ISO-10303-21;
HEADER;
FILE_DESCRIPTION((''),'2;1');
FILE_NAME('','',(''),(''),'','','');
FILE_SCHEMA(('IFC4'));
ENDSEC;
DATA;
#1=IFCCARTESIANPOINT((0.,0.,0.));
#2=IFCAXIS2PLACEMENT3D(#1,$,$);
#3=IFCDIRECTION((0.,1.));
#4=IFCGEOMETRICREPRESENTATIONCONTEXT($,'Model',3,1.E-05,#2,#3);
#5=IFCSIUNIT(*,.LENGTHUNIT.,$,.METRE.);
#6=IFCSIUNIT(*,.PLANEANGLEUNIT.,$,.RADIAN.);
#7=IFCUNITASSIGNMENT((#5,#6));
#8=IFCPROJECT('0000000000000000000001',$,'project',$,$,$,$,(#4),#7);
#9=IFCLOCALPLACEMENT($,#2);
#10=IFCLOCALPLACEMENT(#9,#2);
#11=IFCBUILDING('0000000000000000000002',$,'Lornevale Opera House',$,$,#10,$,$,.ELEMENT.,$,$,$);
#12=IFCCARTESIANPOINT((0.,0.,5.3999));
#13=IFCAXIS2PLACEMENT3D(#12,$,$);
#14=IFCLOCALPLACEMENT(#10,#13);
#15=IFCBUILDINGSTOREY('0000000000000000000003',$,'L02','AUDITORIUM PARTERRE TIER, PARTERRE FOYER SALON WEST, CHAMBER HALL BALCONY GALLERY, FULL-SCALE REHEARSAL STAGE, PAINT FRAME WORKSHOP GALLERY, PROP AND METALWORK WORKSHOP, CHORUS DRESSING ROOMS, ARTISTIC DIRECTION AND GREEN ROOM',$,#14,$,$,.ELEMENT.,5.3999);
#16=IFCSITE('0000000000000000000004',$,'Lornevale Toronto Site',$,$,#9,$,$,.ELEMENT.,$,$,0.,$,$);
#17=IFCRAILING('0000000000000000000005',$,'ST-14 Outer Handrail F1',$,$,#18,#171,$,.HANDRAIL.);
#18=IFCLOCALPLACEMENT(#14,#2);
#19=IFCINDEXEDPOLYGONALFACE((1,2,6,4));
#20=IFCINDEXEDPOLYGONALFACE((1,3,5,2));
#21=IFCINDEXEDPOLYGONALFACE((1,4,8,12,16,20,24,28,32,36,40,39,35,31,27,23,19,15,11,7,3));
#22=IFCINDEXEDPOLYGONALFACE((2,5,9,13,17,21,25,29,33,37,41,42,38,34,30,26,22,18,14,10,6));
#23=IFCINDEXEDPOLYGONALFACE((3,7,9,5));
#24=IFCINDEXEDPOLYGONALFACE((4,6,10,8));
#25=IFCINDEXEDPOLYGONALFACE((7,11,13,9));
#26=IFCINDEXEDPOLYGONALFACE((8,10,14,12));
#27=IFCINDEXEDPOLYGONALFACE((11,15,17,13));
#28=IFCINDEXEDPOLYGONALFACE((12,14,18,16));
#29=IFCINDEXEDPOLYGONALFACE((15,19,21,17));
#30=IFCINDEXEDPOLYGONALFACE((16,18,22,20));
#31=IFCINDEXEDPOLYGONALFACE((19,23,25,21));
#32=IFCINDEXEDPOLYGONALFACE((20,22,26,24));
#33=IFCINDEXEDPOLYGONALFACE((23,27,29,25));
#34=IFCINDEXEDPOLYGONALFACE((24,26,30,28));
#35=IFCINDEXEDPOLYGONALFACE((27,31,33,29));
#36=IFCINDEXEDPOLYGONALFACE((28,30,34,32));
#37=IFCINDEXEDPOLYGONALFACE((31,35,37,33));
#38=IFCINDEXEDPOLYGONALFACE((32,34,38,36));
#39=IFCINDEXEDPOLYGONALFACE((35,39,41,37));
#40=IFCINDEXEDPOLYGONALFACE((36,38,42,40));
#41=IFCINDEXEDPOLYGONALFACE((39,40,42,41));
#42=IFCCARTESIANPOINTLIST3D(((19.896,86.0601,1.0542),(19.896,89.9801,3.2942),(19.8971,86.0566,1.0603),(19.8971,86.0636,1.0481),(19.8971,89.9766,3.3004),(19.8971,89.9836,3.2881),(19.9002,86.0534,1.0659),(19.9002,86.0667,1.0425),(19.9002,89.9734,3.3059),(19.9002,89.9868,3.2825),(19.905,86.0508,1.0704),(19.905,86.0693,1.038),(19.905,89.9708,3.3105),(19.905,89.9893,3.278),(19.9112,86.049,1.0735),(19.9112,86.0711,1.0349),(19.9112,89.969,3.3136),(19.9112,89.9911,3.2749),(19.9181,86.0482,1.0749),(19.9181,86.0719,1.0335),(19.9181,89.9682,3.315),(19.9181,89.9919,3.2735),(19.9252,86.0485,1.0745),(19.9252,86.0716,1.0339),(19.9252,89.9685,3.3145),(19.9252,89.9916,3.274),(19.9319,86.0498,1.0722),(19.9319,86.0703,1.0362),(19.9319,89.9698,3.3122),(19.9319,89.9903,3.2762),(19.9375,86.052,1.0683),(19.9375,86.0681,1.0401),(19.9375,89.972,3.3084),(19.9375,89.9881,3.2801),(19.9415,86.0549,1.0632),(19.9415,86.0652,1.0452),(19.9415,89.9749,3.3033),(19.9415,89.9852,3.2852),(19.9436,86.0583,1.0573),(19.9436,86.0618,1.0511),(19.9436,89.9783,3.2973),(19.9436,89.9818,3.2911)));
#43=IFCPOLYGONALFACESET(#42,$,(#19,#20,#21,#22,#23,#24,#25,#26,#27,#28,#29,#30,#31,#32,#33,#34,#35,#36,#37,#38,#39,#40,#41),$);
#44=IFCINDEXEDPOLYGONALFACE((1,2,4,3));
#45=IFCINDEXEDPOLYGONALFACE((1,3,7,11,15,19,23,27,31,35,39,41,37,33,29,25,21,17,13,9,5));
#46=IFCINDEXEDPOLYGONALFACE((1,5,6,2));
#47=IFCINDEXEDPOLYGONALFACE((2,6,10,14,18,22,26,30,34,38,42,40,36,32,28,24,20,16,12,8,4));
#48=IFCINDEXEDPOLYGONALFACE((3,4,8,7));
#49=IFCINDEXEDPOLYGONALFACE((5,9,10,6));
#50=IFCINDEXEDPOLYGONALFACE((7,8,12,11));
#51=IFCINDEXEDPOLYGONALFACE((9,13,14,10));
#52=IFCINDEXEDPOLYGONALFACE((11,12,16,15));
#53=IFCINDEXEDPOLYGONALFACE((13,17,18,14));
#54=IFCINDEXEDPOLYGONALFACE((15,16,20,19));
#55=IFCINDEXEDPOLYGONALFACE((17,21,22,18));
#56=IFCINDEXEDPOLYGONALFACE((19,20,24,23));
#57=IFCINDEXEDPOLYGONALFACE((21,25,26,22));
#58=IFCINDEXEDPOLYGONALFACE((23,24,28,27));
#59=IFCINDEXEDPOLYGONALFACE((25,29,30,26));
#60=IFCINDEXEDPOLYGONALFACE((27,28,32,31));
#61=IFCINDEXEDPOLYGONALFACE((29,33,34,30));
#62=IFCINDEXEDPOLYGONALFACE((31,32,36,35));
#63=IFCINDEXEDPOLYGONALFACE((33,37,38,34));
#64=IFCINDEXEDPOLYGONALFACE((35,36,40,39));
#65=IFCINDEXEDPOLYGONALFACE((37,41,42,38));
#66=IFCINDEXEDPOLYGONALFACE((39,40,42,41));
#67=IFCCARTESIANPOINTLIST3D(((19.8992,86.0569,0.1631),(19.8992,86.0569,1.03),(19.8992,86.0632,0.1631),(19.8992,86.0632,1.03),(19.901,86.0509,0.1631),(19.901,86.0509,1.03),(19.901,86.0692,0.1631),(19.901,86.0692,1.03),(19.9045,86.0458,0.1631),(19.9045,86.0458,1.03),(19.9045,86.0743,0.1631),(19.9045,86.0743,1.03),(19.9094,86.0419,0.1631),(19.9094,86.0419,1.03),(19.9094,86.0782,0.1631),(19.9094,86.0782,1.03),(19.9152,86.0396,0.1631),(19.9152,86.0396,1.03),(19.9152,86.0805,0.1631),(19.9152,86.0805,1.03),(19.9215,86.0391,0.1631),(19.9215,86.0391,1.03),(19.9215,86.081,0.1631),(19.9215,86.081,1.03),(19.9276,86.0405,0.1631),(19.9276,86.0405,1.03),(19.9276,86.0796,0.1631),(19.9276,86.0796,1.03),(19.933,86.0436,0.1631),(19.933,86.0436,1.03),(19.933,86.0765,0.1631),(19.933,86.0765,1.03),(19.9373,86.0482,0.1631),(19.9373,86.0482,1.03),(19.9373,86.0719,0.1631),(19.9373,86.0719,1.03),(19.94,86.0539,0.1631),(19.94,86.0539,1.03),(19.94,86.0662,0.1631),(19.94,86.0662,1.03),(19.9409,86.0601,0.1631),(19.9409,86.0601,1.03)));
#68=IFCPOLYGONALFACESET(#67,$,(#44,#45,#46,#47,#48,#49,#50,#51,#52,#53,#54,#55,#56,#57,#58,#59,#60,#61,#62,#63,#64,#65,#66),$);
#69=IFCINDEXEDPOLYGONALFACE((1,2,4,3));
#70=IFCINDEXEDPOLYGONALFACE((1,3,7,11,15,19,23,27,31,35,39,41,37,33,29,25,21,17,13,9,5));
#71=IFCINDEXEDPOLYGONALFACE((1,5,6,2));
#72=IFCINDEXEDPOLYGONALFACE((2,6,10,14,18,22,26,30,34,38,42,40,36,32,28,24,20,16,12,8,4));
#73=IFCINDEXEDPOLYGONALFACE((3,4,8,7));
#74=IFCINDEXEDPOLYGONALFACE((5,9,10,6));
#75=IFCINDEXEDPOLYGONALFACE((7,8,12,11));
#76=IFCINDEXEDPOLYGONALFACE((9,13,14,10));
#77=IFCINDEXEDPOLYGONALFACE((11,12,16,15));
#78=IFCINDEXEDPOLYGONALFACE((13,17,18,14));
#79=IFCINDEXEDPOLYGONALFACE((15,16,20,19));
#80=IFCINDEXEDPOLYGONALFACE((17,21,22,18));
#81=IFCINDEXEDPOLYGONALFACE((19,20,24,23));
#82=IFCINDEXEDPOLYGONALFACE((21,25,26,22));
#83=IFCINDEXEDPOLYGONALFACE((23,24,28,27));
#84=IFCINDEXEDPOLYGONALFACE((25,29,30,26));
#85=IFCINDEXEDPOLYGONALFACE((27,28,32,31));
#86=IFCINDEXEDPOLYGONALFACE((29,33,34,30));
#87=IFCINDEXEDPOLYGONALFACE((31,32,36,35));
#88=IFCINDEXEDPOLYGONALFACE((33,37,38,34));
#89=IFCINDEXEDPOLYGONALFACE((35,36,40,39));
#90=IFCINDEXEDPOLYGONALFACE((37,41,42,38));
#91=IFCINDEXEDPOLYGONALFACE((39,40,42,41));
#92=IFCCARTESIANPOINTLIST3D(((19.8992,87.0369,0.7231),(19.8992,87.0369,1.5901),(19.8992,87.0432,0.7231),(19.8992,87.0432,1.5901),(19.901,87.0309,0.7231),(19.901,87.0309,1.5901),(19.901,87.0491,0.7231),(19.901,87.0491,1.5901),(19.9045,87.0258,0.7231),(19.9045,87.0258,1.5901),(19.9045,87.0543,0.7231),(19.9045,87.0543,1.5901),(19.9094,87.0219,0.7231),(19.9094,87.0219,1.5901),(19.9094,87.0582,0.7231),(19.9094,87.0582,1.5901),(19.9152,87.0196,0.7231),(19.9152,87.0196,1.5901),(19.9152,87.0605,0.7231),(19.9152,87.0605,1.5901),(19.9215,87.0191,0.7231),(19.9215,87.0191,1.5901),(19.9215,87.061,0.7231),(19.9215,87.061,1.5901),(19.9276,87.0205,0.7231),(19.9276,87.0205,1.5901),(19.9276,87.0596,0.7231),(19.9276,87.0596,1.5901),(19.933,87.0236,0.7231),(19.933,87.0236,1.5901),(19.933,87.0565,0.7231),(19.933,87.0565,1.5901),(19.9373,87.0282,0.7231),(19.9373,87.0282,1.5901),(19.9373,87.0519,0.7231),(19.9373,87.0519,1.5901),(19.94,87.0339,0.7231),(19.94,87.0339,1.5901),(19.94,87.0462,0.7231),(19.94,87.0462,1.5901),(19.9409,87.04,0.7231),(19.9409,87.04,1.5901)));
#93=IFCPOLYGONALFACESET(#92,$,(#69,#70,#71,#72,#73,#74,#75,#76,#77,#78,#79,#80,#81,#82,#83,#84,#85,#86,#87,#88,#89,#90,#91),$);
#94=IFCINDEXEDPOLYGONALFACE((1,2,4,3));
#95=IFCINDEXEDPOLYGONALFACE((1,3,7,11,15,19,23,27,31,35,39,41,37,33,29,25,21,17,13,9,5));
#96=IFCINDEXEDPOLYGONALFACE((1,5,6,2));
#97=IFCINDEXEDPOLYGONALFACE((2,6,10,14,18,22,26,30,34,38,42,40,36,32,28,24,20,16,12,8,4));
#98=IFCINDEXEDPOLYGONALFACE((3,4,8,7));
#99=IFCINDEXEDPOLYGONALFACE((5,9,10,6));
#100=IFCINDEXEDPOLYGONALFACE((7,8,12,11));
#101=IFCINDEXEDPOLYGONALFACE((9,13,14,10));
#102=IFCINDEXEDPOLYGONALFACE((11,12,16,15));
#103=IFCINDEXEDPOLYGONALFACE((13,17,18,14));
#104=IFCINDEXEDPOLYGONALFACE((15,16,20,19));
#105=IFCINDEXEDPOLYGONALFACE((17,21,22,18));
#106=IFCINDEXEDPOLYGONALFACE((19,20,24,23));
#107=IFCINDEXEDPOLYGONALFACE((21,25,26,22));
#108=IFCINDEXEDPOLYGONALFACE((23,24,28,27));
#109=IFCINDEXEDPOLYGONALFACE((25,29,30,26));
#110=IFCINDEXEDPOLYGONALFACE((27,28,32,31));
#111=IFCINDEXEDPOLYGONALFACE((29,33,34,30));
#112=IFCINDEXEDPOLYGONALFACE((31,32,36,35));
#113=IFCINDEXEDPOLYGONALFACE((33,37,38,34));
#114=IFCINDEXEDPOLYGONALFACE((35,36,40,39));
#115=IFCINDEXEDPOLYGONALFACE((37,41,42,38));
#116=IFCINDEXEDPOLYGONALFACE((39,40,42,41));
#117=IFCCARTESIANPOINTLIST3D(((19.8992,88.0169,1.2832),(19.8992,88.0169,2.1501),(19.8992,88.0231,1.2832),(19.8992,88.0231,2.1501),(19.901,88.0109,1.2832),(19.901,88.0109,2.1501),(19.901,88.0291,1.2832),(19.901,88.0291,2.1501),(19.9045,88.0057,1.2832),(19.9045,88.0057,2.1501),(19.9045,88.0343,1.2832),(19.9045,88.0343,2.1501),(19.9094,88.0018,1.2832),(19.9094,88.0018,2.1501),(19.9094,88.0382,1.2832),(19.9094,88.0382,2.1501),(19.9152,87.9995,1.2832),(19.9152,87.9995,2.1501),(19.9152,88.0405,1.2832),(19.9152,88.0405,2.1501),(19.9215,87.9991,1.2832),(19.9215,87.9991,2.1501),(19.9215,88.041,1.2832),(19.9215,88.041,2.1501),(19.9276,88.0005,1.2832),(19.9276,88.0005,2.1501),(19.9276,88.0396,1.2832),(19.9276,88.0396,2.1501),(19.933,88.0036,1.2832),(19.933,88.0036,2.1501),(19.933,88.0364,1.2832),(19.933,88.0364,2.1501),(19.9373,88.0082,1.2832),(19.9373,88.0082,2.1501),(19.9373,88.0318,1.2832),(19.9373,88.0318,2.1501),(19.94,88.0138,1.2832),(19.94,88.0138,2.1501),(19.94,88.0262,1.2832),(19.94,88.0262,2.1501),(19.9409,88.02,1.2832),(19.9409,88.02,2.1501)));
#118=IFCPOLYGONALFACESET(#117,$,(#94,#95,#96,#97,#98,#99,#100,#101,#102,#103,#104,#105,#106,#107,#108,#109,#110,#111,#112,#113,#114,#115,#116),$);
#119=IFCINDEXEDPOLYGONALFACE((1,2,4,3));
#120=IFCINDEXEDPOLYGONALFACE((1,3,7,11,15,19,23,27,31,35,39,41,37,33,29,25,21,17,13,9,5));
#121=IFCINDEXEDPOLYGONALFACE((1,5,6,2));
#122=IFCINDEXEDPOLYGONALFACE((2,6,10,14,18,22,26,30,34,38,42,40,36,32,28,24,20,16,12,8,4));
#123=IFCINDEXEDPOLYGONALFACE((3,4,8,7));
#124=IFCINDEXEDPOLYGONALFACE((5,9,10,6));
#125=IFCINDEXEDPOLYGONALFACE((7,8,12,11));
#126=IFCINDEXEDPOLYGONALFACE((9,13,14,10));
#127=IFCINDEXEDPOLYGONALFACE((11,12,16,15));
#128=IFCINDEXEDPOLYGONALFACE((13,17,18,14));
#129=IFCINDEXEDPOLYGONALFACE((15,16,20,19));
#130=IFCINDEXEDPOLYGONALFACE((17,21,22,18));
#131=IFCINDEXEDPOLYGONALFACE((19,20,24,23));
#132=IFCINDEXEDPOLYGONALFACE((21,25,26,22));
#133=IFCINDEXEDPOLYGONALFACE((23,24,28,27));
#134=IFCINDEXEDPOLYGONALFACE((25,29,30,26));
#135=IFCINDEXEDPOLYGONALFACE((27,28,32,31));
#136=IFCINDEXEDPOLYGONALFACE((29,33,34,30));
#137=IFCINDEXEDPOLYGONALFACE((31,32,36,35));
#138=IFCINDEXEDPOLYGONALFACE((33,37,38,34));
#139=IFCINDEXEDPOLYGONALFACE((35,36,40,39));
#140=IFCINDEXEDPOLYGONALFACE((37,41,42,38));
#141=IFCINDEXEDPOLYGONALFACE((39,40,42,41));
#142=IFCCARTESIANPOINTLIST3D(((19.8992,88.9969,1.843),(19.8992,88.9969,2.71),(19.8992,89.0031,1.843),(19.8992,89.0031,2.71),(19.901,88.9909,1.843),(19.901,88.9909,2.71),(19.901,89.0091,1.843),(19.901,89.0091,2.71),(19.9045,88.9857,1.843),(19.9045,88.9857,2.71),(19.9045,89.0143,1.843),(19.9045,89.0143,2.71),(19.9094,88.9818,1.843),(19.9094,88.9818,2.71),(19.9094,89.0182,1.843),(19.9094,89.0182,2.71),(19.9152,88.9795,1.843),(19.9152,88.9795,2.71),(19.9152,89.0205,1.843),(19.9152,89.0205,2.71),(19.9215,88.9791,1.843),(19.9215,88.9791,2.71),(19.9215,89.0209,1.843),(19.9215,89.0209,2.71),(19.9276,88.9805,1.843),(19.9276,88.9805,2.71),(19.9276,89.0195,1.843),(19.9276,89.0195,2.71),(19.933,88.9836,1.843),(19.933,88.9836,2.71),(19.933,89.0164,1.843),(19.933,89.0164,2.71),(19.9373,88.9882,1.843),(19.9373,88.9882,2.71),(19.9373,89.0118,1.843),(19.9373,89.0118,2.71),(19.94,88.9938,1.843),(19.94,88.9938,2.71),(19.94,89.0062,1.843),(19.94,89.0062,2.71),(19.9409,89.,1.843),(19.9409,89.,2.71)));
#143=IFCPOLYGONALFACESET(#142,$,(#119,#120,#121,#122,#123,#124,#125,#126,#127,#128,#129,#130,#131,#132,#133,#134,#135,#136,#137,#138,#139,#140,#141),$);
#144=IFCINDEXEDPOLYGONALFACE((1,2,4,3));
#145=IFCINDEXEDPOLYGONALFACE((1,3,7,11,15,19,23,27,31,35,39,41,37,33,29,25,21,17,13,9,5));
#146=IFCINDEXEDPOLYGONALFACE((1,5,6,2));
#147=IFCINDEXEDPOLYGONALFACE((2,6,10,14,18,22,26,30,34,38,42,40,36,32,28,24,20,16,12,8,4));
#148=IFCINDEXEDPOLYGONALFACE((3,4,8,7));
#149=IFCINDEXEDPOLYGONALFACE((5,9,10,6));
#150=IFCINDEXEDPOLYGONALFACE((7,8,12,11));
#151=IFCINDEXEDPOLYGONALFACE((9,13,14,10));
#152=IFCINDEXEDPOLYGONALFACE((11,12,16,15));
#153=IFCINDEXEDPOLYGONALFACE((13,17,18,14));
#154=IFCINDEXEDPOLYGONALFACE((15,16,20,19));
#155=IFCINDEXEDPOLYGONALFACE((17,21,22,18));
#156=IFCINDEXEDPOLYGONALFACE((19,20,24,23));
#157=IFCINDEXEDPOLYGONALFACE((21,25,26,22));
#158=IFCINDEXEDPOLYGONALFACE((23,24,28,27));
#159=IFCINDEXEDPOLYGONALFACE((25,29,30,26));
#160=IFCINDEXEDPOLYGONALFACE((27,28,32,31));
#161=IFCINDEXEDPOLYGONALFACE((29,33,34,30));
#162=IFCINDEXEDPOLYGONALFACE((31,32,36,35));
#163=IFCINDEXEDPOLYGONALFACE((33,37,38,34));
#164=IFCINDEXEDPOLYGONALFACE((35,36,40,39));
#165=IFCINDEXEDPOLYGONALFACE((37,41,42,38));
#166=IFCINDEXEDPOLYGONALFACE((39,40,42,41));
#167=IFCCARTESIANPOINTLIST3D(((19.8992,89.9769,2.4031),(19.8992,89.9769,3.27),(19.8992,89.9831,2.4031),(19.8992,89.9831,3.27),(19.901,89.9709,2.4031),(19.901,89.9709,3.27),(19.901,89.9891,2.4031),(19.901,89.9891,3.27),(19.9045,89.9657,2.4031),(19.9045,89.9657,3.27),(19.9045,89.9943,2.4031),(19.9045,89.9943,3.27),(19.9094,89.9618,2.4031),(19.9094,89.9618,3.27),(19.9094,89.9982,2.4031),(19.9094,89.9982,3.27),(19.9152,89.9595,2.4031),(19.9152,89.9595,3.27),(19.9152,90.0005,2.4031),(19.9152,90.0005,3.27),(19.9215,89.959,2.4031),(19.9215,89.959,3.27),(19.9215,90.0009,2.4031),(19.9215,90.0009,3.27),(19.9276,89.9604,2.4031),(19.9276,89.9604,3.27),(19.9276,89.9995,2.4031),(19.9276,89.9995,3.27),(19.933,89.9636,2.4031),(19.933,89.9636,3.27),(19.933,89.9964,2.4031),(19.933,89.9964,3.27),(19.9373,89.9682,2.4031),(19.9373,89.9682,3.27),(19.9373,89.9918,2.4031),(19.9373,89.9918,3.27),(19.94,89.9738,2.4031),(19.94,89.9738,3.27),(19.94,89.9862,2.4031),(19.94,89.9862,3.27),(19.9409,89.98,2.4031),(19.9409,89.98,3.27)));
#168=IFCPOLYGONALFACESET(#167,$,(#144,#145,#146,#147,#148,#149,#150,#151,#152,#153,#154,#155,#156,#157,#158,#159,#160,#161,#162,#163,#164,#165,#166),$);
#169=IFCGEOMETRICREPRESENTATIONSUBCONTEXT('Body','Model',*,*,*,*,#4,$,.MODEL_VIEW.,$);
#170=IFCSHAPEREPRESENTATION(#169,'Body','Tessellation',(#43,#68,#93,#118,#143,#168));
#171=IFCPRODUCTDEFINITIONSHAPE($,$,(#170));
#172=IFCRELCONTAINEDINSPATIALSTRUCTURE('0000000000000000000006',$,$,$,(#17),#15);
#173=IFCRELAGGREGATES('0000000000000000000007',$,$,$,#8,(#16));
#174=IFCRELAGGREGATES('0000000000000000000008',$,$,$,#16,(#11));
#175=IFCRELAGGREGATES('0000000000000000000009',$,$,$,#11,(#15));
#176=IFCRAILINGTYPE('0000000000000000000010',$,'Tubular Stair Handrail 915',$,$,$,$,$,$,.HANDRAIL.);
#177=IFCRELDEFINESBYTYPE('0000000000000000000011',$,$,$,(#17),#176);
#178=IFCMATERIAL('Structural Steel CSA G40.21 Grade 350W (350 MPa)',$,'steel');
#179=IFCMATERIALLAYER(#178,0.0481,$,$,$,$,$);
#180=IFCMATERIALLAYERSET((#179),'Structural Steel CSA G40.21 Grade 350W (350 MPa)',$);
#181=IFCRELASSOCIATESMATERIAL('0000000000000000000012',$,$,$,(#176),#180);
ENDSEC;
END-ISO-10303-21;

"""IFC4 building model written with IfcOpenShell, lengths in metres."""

from ifc_helpers import new_model, si_unit, direction, frame, origin, origin_2d, place, context, subcontext, project, spatial, circle, extrude, material, layer, layer_set, type_object, element, save


model = new_model("IFC4")

# Units and contexts
model_context = context("Model", 3, precision=1e-05, world=origin(), true_north=direction((0.0, 1.0)))
body_context = subcontext(model_context, "Body", "Model", "MODEL_VIEW")
ifc_project = project(units=[si_unit("LENGTHUNIT", "METRE"), si_unit("PLANEANGLEUNIT", "RADIAN")], contexts=[model_context])

# Site, building, storey
site_placement = place(None, origin())
site = spatial("IfcSite", under=ifc_project, at=site_placement, Name="Lornevale Toronto Site", CompositionType="ELEMENT", RefElevation=0.0)
building_placement = place(site_placement, origin())
building = spatial("IfcBuilding", under=site, at=building_placement, Name="Lornevale Opera House", CompositionType="ELEMENT")
storey_placement = place(building_placement, frame((0.0, 0.0, 5.3999)))
storey = spatial("IfcBuildingStorey", under=building, at=storey_placement, Name="L02", Description="AUDITORIUM PARTERRE TIER, PARTERRE FOYER SALON WEST, CHAMBER HALL BALCONY GALLERY, FULL-SCALE REHEARSAL STAGE, PAINT FRAME WORKSHOP GALLERY, PROP AND METALWORK WORKSHOP, CHORUS DRESSING ROOMS, ARTISTIC DIRECTION AND GREEN ROOM", CompositionType="ELEMENT", Elevation=5.3999)

# Shared definitions
ifc_material_1 = material(Name="Structural Steel CSA G40.21 Grade 350W (350 MPa)", Category="steel")

# Railing
ifc_layer_1 = layer(ifc_material_1, 0.0481)
ifc_layer_set_1 = layer_set([ifc_layer_1], Name="Structural Steel CSA G40.21 Grade 350W (350 MPa)")
railing_type_1 = type_object("IfcRailingType", Name="Tubular Stair Handrail 915", PredefinedType="HANDRAIL", material=ifc_layer_set_1)
railing_1_placement = place(storey_placement, frame((19.9199, 86.0601, 0.1631)))
element("IfcRailing", 1, at=railing_1_placement, inside=storey, type_object=railing_type_1, Name="ST-14 Outer Handrail F1", PredefinedType="HANDRAIL", context=body_context, shape_type="SweptSolid", body=[
    extrude(circle(Radius=0.0239, at=origin_2d()), frame((0.0, 0.0, 0.8911), z_axis=(0.0, 0.86824, 0.496145), x_axis=(-1.0, 0.0, 0.0)), (0.0, 0.0, 1.0), 4.5149),
    extrude(circle(Radius=0.021, at=origin_2d()), origin(), (0.0, 0.0, 1.0), 0.8669),
    extrude(circle(Radius=0.021, at=origin_2d()), frame((0.0, 0.98, 0.5601)), (0.0, 0.0, 1.0), 0.8669),
    extrude(circle(Radius=0.021, at=origin_2d()), frame((0.0, 1.96, 1.1201)), (0.0, 0.0, 1.0), 0.8669),
    extrude(circle(Radius=0.021, at=origin_2d()), frame((0.0, 2.9399, 1.6799)), (0.0, 0.0, 1.0), 0.8669),
    extrude(circle(Radius=0.021, at=origin_2d()), frame((0.0, 3.9199, 2.24)), (0.0, 0.0, 1.0), 0.8669),
])

save(model, "model.ifc")
